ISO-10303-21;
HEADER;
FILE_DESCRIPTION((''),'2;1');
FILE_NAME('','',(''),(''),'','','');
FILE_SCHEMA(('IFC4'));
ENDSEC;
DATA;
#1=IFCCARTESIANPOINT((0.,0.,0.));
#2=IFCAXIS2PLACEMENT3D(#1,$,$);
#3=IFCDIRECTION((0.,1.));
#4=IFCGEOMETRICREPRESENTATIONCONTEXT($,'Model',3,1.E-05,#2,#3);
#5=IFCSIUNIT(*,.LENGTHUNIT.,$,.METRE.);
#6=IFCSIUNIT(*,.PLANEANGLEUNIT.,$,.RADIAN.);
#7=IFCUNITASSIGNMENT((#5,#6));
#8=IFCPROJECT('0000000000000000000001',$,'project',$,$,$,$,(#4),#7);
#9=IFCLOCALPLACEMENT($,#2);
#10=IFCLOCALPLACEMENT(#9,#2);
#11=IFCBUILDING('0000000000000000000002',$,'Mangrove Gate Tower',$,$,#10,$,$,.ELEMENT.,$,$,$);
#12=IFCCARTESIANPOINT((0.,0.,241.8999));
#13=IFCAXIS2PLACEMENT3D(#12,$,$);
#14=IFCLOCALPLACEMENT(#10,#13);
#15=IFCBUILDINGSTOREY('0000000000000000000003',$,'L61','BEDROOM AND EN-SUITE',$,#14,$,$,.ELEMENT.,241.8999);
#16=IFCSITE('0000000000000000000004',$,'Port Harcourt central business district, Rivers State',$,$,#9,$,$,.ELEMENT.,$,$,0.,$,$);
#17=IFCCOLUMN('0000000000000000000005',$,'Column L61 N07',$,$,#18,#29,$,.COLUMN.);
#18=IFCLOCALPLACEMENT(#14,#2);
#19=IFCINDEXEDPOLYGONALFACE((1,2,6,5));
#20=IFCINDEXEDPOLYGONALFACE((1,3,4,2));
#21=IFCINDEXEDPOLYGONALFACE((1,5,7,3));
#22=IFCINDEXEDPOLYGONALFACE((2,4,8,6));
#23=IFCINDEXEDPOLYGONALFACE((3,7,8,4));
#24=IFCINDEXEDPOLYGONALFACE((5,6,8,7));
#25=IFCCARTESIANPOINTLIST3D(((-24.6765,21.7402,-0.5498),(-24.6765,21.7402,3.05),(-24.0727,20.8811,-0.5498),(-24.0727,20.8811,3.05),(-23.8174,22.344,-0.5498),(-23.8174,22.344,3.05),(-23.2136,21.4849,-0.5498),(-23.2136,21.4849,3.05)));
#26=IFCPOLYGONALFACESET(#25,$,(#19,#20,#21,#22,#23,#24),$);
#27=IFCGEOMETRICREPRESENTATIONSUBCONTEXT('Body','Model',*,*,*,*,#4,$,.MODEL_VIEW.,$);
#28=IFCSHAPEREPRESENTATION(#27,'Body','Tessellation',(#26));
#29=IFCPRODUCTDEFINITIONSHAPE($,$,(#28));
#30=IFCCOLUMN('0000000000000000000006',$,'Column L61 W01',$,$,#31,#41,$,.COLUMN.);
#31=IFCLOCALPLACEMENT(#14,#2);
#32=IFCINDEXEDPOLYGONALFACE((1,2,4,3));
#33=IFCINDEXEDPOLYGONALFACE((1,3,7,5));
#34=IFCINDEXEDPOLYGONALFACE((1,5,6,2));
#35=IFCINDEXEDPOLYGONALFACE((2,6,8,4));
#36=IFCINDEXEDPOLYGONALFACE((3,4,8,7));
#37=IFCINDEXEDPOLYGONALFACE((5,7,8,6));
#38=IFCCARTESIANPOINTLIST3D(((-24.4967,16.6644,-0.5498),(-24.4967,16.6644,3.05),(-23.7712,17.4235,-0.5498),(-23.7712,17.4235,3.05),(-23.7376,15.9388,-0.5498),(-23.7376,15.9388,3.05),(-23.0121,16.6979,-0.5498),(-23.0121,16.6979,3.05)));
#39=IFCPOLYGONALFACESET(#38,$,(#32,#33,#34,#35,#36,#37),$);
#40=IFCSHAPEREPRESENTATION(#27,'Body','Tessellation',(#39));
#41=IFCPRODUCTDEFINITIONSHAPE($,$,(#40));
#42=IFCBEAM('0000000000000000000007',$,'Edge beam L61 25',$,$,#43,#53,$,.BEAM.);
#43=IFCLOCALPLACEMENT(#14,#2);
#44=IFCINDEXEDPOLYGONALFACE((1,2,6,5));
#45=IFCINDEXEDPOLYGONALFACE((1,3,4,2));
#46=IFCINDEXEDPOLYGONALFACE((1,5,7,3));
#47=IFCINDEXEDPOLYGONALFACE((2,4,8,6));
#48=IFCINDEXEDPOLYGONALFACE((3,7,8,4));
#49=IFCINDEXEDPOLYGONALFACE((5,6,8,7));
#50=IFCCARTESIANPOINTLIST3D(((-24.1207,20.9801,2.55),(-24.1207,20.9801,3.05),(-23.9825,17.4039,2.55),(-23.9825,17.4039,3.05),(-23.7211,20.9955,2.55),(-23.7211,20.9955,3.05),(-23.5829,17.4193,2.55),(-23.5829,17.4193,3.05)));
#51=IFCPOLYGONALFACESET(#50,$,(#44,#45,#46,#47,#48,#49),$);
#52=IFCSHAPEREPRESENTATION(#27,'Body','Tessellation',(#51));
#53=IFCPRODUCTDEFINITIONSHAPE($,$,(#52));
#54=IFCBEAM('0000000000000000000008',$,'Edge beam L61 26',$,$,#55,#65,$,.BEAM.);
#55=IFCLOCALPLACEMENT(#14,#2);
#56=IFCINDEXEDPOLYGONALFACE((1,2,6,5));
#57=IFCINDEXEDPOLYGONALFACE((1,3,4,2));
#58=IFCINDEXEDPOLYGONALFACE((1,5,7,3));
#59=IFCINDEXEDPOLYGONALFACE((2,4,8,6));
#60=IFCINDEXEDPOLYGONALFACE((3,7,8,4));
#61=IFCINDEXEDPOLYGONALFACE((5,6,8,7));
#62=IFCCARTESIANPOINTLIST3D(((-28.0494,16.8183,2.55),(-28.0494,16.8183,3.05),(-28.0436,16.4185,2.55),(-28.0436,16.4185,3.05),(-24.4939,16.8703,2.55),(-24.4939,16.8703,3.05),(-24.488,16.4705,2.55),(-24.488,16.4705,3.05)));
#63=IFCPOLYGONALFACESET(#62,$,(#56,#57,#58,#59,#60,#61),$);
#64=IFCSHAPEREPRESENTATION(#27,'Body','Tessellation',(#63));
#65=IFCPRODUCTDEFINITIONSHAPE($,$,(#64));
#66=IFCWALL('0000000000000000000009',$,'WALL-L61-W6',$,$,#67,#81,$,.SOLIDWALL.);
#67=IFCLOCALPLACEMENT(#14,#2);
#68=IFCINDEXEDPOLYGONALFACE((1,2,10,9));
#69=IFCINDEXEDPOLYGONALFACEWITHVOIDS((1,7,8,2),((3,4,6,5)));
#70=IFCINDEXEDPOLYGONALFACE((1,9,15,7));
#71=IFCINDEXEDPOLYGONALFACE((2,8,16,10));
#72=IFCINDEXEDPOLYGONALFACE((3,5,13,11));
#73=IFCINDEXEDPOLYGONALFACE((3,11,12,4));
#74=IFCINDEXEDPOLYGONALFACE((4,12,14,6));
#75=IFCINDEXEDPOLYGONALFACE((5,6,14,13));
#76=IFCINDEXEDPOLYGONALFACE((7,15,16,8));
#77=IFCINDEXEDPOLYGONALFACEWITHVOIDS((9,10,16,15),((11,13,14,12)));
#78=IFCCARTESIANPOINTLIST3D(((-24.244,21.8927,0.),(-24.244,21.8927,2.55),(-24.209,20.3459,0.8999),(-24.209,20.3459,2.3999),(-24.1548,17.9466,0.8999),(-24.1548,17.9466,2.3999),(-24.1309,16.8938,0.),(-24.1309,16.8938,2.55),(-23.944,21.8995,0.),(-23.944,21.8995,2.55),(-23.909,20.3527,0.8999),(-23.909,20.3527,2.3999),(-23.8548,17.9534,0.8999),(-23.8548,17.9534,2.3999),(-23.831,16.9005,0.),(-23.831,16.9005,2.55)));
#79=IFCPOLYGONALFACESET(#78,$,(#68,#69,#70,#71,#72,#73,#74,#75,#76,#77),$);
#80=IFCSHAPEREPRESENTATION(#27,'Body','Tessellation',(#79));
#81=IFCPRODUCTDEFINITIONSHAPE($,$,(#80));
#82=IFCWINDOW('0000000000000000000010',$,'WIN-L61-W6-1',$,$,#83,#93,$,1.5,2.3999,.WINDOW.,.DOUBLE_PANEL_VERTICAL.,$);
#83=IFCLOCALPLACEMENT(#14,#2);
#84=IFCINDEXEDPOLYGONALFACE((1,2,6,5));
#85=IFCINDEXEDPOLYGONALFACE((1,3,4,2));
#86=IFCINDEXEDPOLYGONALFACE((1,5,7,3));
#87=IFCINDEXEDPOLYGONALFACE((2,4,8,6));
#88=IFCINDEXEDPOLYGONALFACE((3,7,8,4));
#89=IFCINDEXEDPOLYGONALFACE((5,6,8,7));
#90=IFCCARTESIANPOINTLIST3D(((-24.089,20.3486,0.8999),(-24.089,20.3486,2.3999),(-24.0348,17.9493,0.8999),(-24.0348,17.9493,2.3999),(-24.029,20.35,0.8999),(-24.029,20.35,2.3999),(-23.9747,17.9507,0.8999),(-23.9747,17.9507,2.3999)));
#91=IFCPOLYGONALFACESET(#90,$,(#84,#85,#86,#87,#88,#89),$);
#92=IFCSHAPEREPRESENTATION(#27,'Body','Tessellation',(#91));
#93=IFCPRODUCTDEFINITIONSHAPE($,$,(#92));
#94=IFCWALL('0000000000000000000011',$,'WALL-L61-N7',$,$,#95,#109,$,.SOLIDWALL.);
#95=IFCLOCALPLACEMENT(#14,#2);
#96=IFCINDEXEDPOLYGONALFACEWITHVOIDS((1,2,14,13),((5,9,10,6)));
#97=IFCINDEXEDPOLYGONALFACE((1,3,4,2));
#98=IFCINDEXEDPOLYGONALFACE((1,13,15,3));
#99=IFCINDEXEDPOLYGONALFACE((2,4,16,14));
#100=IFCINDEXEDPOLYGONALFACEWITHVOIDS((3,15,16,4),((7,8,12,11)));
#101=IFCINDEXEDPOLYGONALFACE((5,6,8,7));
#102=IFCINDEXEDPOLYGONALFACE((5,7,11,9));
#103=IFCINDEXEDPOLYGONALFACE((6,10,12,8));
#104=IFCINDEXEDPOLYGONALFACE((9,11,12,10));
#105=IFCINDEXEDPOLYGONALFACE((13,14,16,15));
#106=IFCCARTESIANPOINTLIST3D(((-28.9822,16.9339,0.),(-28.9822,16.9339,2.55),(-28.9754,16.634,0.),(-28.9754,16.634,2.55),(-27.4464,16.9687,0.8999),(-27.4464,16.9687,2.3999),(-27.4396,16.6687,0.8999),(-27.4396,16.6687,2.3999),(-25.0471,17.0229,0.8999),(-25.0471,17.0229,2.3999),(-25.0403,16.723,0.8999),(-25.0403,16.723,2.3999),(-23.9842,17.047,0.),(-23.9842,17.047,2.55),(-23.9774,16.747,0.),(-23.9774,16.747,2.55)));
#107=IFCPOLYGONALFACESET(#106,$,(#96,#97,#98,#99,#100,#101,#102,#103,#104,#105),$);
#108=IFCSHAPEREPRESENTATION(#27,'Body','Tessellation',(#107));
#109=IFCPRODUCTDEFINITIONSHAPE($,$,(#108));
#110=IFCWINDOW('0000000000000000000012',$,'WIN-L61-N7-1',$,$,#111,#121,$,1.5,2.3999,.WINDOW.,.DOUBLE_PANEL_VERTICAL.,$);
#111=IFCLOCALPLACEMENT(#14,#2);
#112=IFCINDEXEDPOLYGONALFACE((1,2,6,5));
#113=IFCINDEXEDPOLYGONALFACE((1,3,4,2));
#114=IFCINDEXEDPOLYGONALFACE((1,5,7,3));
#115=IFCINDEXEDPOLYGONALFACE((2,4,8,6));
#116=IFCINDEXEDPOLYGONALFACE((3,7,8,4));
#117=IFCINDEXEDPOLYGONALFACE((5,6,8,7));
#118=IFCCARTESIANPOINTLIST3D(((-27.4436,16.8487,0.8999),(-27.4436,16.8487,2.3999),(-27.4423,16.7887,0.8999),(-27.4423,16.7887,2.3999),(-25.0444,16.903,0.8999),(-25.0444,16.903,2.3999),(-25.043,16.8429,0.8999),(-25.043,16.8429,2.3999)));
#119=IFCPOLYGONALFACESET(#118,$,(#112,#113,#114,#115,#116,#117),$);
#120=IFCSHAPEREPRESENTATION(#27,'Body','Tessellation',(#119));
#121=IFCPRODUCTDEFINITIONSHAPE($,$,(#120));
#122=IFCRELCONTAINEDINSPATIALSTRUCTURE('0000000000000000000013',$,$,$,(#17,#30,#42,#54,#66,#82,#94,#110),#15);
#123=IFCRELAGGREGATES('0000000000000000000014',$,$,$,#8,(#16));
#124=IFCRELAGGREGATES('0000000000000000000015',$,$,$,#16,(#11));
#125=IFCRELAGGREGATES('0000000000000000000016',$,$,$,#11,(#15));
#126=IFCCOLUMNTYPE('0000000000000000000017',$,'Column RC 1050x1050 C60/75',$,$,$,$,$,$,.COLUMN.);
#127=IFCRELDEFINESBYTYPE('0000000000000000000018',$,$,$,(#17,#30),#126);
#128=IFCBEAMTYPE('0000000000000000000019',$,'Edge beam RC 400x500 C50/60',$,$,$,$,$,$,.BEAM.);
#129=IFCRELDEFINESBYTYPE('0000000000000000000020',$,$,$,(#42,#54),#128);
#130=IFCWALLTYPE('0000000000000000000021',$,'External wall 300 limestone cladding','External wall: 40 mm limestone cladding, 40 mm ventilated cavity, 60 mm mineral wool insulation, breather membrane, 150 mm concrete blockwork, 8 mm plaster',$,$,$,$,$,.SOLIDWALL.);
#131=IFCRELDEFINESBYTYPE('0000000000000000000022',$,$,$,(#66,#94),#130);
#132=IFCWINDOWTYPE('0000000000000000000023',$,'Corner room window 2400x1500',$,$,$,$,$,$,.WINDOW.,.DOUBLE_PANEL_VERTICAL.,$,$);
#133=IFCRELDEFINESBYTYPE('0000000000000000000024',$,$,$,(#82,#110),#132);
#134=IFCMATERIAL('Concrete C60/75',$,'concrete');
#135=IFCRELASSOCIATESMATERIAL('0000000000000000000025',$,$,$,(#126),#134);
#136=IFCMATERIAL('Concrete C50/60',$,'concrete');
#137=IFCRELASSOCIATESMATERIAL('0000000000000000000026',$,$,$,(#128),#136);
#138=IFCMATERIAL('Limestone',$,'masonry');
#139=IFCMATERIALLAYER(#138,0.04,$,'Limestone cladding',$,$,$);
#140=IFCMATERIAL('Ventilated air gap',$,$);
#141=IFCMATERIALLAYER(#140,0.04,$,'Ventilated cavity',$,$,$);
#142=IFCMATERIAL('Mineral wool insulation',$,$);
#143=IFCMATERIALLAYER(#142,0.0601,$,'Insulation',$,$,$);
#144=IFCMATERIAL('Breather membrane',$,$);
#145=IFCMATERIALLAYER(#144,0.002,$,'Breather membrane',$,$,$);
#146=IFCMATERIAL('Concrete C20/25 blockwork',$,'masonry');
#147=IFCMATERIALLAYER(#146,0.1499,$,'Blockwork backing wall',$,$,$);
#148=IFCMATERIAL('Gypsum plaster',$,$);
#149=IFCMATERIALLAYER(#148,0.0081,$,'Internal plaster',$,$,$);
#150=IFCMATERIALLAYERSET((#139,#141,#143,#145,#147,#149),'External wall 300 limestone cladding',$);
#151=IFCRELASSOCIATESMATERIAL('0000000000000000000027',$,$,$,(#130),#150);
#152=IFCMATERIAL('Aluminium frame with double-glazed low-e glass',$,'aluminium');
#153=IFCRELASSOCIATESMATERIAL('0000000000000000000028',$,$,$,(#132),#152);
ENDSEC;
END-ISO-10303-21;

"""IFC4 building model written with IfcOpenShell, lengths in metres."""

from ifc_helpers import new_model, si_unit, direction, frame, frame_2d, origin, origin_2d, place, context, subcontext, project, spatial, rectangle, extrude, material, layer, layer_set, material_profile, profile_set, type_object, element, fill, save


model = new_model("IFC4")

# Units and contexts
model_context = context("Model", 3, precision=1e-05, world=origin(), true_north=direction((0.0, 1.0)))
body_context = subcontext(model_context, "Body", "Model", "MODEL_VIEW")
ifc_project = project(units=[si_unit("LENGTHUNIT", "METRE"), si_unit("PLANEANGLEUNIT", "RADIAN")], contexts=[model_context])

# Site, building, storey
site_placement = place(None, origin())
site = spatial("IfcSite", under=ifc_project, at=site_placement, Name="Port Harcourt central business district, Rivers State", CompositionType="ELEMENT", RefElevation=0.0)
building_placement = place(site_placement, origin())
building = spatial("IfcBuilding", under=site, at=building_placement, Name="Mangrove Gate Tower", CompositionType="ELEMENT")
storey_placement = place(building_placement, frame((0.0, 0.0, 241.8999)))
storey = spatial("IfcBuildingStorey", under=building, at=storey_placement, Name="L61", Description="BEDROOM AND EN-SUITE", CompositionType="ELEMENT", Elevation=241.8999)

# Columns
ifc_material_1 = material(Name="Concrete C60/75", Category="concrete")
ifc_material_profile_1 = material_profile(ifc_material_1, rectangle(XDim=1.05, YDim=1.05, at=origin_2d()))
ifc_profile_set_1 = profile_set([ifc_material_profile_1], Name="Concrete C60/75")
column_type = type_object("IfcColumnType", Name="Column RC 1050x1050 C60/75", PredefinedType="COLUMN", material=ifc_profile_set_1)
for number, where, z_axis, x_axis, name in (
    (1, (-23.9451, 21.6125, -0.5498), (0.0, 0.0, 1.0), (-0.818138, -0.575022, 0.0), "Column L61 N07"),
    (2, (-23.7544, 16.6812, -0.5498), (0.0, 0.0, 1.0), (-0.690946, -0.722906, 0.0), "Column L61 W01"),
):
    element("IfcColumn", number, at=place(storey_placement, frame(where, z_axis=z_axis, x_axis=x_axis)), inside=storey, type_object=column_type, Name=name, PredefinedType="COLUMN", context=body_context, shape_type="SweptSolid", body=[
        extrude(rectangle(XDim=1.05, YDim=1.05, at=origin_2d()), origin(), (0.0, 0.0, 1.0), 3.5999),
    ])

# Beams
ifc_material_2 = material(Name="Concrete C50/60", Category="concrete")
ifc_material_profile_2 = material_profile(ifc_material_2, rectangle(XDim=0.3999, YDim=0.5, at=origin_2d()))
ifc_profile_set_2 = profile_set([ifc_material_profile_2], Name="Concrete C50/60")
beam_type = type_object("IfcBeamType", Name="Edge beam RC 400x500 C50/60", PredefinedType="BEAM", material=ifc_profile_set_2)
beam_1_placement = place(storey_placement, frame((-23.9209, 20.9878, 2.8), z_axis=(0.038611, -0.999254, 0.0), x_axis=(0.999254, 0.038611, 0.0)))
element("IfcBeam", 3, at=beam_1_placement, inside=storey, type_object=beam_type, Name="Edge beam L61 25", PredefinedType="BEAM", context=body_context, shape_type="SweptSolid", body=[
    extrude(rectangle(XDim=0.3999, YDim=0.5, at=origin_2d()), origin(), (0.0, 0.0, 1.0), 3.5789),
])
beam_2_placement = place(storey_placement, frame((-24.491, 16.6704, 2.8), z_axis=(-0.999893, -0.014625, 0.0), x_axis=(0.014625, -0.999893, 0.0)))
element("IfcBeam", 4, at=beam_2_placement, inside=storey, type_object=beam_type, Name="Edge beam L61 26", PredefinedType="BEAM", context=body_context, shape_type="SweptSolid", body=[
    extrude(rectangle(XDim=0.3999, YDim=0.5, at=origin_2d()), origin(), (0.0, 0.0, 1.0), 3.5559),
])

# Walls, openings, windows
ifc_material_3 = material(Name="Limestone", Category="masonry")
ifc_layer_1 = layer(ifc_material_3, 0.04, Name="Limestone cladding")
ifc_material_4 = material(Name="Ventilated air gap")
ifc_layer_2 = layer(ifc_material_4, 0.04, Name="Ventilated cavity")
ifc_material_5 = material(Name="Mineral wool insulation")
ifc_layer_3 = layer(ifc_material_5, 0.0601, Name="Insulation")
ifc_material_6 = material(Name="Breather membrane")
ifc_layer_4 = layer(ifc_material_6, 0.002, Name="Breather membrane")
ifc_material_7 = material(Name="Concrete C20/25 blockwork", Category="masonry")
ifc_layer_5 = layer(ifc_material_7, 0.1499, Name="Blockwork backing wall")
ifc_material_8 = material(Name="Gypsum plaster")
ifc_layer_6 = layer(ifc_material_8, 0.0081, Name="Internal plaster")
ifc_layer_set = layer_set([ifc_layer_1, ifc_layer_2, ifc_layer_3, ifc_layer_4, ifc_layer_5, ifc_layer_6], Name="External wall 300 limestone cladding")
wall_type = type_object("IfcWallType", Name="External wall 300 limestone cladding", Description="External wall: 40 mm limestone cladding, 40 mm ventilated cavity, 60 mm mineral wool insulation, breather membrane, 150 mm concrete blockwork, 8 mm plaster", PredefinedType="SOLIDWALL", material=ifc_layer_set)
wall_1_placement = place(storey_placement, frame((-24.094, 21.896, 0.0), z_axis=(0.0, 0.0, 1.0), x_axis=(0.022606, -0.999744, 0.0)))
wall_1 = element("IfcWall", 5, at=wall_1_placement, inside=storey, type_object=wall_type, Name="WALL-L61-W6", PredefinedType="SOLIDWALL", context=body_context, shape_type="SweptSolid", body=[
    extrude(rectangle(XDim=5.0002, YDim=0.3, at=frame_2d((2.5, 0.0))), origin(), (0.0, 0.0, 1.0), 2.55),
])
opening_1_placement = place(wall_1_placement, frame((1.5471, 0.0, 0.8999)))
opening_1 = element("IfcOpeningElement", 6, at=opening_1_placement, cuts=wall_1, PredefinedType="OPENING", context=body_context, shape_type="SweptSolid", body=[
    extrude(rectangle(XDim=2.3999, YDim=1.5, at=frame_2d((1.2, 0.75))), frame((0.0, 0.1599, 0.0), z_axis=(0.0, -1.0, 0.0), x_axis=(1.0, 0.0, 0.0)), (0.0, 0.0, 1.0), 0.3201),
])
ifc_material_9 = material(Name="Aluminium frame with double-glazed low-e glass", Category="aluminium")
window_type = type_object("IfcWindowType", Name="Corner room window 2400x1500", PartitioningType="DOUBLE_PANEL_VERTICAL", PredefinedType="WINDOW", material=ifc_material_9)
window_1_placement = place(opening_1_placement, origin())
window_1 = element("IfcWindow", 7, at=window_1_placement, inside=storey, type_object=window_type, Name="WIN-L61-W6-1", OverallHeight=1.5, OverallWidth=2.3999, PartitioningType="DOUBLE_PANEL_VERTICAL", PredefinedType="WINDOW", context=body_context, shape_type="SweptSolid", body=[
    extrude(rectangle(XDim=2.3999, YDim=1.5, at=frame_2d((1.2, 0.75))), frame((0.0, 0.03, 0.0), z_axis=(0.0, -1.0, 0.0), x_axis=(1.0, 0.0, 0.0)), (0.0, 0.0, 1.0), 0.0601),
])
fill(opening_1, window_1)
wall_2_placement = place(storey_placement, frame((-23.981, 16.897, 0.0), z_axis=(0.0, 0.0, 1.0), x_axis=(-0.999744, -0.02261, 0.0)))
wall_2 = element("IfcWall", 8, at=wall_2_placement, inside=storey, type_object=wall_type, Name="WALL-L61-N7", PredefinedType="SOLIDWALL", context=body_context, shape_type="SweptSolid", body=[
    extrude(rectangle(XDim=4.9993, YDim=0.3, at=frame_2d((2.4995, 0.0))), origin(), (0.0, 0.0, 1.0), 2.55),
])
opening_2_placement = place(wall_2_placement, frame((1.063, 0.0, 0.8999)))
opening_2 = element("IfcOpeningElement", 9, at=opening_2_placement, cuts=wall_2, PredefinedType="OPENING", context=body_context, shape_type="SweptSolid", body=[
    extrude(rectangle(XDim=2.3999, YDim=1.5, at=frame_2d((1.2, 0.75))), frame((0.0, 0.1599, 0.0), z_axis=(0.0, -1.0, 0.0), x_axis=(1.0, 0.0, 0.0)), (0.0, 0.0, 1.0), 0.3201),
])
window_2_placement = place(opening_2_placement, origin())
window_2 = element("IfcWindow", 10, at=window_2_placement, inside=storey, type_object=window_type, Name="WIN-L61-N7-1", OverallHeight=1.5, OverallWidth=2.3999, PartitioningType="DOUBLE_PANEL_VERTICAL", PredefinedType="WINDOW", context=body_context, shape_type="SweptSolid", body=[
    extrude(rectangle(XDim=2.3999, YDim=1.5, at=frame_2d((1.2, 0.75))), frame((0.0, 0.03, 0.0), z_axis=(0.0, -1.0, 0.0), x_axis=(1.0, 0.0, 0.0)), (0.0, 0.0, 1.0), 0.0601),
])
fill(opening_2, window_2)

save(model, "model.ifc")
